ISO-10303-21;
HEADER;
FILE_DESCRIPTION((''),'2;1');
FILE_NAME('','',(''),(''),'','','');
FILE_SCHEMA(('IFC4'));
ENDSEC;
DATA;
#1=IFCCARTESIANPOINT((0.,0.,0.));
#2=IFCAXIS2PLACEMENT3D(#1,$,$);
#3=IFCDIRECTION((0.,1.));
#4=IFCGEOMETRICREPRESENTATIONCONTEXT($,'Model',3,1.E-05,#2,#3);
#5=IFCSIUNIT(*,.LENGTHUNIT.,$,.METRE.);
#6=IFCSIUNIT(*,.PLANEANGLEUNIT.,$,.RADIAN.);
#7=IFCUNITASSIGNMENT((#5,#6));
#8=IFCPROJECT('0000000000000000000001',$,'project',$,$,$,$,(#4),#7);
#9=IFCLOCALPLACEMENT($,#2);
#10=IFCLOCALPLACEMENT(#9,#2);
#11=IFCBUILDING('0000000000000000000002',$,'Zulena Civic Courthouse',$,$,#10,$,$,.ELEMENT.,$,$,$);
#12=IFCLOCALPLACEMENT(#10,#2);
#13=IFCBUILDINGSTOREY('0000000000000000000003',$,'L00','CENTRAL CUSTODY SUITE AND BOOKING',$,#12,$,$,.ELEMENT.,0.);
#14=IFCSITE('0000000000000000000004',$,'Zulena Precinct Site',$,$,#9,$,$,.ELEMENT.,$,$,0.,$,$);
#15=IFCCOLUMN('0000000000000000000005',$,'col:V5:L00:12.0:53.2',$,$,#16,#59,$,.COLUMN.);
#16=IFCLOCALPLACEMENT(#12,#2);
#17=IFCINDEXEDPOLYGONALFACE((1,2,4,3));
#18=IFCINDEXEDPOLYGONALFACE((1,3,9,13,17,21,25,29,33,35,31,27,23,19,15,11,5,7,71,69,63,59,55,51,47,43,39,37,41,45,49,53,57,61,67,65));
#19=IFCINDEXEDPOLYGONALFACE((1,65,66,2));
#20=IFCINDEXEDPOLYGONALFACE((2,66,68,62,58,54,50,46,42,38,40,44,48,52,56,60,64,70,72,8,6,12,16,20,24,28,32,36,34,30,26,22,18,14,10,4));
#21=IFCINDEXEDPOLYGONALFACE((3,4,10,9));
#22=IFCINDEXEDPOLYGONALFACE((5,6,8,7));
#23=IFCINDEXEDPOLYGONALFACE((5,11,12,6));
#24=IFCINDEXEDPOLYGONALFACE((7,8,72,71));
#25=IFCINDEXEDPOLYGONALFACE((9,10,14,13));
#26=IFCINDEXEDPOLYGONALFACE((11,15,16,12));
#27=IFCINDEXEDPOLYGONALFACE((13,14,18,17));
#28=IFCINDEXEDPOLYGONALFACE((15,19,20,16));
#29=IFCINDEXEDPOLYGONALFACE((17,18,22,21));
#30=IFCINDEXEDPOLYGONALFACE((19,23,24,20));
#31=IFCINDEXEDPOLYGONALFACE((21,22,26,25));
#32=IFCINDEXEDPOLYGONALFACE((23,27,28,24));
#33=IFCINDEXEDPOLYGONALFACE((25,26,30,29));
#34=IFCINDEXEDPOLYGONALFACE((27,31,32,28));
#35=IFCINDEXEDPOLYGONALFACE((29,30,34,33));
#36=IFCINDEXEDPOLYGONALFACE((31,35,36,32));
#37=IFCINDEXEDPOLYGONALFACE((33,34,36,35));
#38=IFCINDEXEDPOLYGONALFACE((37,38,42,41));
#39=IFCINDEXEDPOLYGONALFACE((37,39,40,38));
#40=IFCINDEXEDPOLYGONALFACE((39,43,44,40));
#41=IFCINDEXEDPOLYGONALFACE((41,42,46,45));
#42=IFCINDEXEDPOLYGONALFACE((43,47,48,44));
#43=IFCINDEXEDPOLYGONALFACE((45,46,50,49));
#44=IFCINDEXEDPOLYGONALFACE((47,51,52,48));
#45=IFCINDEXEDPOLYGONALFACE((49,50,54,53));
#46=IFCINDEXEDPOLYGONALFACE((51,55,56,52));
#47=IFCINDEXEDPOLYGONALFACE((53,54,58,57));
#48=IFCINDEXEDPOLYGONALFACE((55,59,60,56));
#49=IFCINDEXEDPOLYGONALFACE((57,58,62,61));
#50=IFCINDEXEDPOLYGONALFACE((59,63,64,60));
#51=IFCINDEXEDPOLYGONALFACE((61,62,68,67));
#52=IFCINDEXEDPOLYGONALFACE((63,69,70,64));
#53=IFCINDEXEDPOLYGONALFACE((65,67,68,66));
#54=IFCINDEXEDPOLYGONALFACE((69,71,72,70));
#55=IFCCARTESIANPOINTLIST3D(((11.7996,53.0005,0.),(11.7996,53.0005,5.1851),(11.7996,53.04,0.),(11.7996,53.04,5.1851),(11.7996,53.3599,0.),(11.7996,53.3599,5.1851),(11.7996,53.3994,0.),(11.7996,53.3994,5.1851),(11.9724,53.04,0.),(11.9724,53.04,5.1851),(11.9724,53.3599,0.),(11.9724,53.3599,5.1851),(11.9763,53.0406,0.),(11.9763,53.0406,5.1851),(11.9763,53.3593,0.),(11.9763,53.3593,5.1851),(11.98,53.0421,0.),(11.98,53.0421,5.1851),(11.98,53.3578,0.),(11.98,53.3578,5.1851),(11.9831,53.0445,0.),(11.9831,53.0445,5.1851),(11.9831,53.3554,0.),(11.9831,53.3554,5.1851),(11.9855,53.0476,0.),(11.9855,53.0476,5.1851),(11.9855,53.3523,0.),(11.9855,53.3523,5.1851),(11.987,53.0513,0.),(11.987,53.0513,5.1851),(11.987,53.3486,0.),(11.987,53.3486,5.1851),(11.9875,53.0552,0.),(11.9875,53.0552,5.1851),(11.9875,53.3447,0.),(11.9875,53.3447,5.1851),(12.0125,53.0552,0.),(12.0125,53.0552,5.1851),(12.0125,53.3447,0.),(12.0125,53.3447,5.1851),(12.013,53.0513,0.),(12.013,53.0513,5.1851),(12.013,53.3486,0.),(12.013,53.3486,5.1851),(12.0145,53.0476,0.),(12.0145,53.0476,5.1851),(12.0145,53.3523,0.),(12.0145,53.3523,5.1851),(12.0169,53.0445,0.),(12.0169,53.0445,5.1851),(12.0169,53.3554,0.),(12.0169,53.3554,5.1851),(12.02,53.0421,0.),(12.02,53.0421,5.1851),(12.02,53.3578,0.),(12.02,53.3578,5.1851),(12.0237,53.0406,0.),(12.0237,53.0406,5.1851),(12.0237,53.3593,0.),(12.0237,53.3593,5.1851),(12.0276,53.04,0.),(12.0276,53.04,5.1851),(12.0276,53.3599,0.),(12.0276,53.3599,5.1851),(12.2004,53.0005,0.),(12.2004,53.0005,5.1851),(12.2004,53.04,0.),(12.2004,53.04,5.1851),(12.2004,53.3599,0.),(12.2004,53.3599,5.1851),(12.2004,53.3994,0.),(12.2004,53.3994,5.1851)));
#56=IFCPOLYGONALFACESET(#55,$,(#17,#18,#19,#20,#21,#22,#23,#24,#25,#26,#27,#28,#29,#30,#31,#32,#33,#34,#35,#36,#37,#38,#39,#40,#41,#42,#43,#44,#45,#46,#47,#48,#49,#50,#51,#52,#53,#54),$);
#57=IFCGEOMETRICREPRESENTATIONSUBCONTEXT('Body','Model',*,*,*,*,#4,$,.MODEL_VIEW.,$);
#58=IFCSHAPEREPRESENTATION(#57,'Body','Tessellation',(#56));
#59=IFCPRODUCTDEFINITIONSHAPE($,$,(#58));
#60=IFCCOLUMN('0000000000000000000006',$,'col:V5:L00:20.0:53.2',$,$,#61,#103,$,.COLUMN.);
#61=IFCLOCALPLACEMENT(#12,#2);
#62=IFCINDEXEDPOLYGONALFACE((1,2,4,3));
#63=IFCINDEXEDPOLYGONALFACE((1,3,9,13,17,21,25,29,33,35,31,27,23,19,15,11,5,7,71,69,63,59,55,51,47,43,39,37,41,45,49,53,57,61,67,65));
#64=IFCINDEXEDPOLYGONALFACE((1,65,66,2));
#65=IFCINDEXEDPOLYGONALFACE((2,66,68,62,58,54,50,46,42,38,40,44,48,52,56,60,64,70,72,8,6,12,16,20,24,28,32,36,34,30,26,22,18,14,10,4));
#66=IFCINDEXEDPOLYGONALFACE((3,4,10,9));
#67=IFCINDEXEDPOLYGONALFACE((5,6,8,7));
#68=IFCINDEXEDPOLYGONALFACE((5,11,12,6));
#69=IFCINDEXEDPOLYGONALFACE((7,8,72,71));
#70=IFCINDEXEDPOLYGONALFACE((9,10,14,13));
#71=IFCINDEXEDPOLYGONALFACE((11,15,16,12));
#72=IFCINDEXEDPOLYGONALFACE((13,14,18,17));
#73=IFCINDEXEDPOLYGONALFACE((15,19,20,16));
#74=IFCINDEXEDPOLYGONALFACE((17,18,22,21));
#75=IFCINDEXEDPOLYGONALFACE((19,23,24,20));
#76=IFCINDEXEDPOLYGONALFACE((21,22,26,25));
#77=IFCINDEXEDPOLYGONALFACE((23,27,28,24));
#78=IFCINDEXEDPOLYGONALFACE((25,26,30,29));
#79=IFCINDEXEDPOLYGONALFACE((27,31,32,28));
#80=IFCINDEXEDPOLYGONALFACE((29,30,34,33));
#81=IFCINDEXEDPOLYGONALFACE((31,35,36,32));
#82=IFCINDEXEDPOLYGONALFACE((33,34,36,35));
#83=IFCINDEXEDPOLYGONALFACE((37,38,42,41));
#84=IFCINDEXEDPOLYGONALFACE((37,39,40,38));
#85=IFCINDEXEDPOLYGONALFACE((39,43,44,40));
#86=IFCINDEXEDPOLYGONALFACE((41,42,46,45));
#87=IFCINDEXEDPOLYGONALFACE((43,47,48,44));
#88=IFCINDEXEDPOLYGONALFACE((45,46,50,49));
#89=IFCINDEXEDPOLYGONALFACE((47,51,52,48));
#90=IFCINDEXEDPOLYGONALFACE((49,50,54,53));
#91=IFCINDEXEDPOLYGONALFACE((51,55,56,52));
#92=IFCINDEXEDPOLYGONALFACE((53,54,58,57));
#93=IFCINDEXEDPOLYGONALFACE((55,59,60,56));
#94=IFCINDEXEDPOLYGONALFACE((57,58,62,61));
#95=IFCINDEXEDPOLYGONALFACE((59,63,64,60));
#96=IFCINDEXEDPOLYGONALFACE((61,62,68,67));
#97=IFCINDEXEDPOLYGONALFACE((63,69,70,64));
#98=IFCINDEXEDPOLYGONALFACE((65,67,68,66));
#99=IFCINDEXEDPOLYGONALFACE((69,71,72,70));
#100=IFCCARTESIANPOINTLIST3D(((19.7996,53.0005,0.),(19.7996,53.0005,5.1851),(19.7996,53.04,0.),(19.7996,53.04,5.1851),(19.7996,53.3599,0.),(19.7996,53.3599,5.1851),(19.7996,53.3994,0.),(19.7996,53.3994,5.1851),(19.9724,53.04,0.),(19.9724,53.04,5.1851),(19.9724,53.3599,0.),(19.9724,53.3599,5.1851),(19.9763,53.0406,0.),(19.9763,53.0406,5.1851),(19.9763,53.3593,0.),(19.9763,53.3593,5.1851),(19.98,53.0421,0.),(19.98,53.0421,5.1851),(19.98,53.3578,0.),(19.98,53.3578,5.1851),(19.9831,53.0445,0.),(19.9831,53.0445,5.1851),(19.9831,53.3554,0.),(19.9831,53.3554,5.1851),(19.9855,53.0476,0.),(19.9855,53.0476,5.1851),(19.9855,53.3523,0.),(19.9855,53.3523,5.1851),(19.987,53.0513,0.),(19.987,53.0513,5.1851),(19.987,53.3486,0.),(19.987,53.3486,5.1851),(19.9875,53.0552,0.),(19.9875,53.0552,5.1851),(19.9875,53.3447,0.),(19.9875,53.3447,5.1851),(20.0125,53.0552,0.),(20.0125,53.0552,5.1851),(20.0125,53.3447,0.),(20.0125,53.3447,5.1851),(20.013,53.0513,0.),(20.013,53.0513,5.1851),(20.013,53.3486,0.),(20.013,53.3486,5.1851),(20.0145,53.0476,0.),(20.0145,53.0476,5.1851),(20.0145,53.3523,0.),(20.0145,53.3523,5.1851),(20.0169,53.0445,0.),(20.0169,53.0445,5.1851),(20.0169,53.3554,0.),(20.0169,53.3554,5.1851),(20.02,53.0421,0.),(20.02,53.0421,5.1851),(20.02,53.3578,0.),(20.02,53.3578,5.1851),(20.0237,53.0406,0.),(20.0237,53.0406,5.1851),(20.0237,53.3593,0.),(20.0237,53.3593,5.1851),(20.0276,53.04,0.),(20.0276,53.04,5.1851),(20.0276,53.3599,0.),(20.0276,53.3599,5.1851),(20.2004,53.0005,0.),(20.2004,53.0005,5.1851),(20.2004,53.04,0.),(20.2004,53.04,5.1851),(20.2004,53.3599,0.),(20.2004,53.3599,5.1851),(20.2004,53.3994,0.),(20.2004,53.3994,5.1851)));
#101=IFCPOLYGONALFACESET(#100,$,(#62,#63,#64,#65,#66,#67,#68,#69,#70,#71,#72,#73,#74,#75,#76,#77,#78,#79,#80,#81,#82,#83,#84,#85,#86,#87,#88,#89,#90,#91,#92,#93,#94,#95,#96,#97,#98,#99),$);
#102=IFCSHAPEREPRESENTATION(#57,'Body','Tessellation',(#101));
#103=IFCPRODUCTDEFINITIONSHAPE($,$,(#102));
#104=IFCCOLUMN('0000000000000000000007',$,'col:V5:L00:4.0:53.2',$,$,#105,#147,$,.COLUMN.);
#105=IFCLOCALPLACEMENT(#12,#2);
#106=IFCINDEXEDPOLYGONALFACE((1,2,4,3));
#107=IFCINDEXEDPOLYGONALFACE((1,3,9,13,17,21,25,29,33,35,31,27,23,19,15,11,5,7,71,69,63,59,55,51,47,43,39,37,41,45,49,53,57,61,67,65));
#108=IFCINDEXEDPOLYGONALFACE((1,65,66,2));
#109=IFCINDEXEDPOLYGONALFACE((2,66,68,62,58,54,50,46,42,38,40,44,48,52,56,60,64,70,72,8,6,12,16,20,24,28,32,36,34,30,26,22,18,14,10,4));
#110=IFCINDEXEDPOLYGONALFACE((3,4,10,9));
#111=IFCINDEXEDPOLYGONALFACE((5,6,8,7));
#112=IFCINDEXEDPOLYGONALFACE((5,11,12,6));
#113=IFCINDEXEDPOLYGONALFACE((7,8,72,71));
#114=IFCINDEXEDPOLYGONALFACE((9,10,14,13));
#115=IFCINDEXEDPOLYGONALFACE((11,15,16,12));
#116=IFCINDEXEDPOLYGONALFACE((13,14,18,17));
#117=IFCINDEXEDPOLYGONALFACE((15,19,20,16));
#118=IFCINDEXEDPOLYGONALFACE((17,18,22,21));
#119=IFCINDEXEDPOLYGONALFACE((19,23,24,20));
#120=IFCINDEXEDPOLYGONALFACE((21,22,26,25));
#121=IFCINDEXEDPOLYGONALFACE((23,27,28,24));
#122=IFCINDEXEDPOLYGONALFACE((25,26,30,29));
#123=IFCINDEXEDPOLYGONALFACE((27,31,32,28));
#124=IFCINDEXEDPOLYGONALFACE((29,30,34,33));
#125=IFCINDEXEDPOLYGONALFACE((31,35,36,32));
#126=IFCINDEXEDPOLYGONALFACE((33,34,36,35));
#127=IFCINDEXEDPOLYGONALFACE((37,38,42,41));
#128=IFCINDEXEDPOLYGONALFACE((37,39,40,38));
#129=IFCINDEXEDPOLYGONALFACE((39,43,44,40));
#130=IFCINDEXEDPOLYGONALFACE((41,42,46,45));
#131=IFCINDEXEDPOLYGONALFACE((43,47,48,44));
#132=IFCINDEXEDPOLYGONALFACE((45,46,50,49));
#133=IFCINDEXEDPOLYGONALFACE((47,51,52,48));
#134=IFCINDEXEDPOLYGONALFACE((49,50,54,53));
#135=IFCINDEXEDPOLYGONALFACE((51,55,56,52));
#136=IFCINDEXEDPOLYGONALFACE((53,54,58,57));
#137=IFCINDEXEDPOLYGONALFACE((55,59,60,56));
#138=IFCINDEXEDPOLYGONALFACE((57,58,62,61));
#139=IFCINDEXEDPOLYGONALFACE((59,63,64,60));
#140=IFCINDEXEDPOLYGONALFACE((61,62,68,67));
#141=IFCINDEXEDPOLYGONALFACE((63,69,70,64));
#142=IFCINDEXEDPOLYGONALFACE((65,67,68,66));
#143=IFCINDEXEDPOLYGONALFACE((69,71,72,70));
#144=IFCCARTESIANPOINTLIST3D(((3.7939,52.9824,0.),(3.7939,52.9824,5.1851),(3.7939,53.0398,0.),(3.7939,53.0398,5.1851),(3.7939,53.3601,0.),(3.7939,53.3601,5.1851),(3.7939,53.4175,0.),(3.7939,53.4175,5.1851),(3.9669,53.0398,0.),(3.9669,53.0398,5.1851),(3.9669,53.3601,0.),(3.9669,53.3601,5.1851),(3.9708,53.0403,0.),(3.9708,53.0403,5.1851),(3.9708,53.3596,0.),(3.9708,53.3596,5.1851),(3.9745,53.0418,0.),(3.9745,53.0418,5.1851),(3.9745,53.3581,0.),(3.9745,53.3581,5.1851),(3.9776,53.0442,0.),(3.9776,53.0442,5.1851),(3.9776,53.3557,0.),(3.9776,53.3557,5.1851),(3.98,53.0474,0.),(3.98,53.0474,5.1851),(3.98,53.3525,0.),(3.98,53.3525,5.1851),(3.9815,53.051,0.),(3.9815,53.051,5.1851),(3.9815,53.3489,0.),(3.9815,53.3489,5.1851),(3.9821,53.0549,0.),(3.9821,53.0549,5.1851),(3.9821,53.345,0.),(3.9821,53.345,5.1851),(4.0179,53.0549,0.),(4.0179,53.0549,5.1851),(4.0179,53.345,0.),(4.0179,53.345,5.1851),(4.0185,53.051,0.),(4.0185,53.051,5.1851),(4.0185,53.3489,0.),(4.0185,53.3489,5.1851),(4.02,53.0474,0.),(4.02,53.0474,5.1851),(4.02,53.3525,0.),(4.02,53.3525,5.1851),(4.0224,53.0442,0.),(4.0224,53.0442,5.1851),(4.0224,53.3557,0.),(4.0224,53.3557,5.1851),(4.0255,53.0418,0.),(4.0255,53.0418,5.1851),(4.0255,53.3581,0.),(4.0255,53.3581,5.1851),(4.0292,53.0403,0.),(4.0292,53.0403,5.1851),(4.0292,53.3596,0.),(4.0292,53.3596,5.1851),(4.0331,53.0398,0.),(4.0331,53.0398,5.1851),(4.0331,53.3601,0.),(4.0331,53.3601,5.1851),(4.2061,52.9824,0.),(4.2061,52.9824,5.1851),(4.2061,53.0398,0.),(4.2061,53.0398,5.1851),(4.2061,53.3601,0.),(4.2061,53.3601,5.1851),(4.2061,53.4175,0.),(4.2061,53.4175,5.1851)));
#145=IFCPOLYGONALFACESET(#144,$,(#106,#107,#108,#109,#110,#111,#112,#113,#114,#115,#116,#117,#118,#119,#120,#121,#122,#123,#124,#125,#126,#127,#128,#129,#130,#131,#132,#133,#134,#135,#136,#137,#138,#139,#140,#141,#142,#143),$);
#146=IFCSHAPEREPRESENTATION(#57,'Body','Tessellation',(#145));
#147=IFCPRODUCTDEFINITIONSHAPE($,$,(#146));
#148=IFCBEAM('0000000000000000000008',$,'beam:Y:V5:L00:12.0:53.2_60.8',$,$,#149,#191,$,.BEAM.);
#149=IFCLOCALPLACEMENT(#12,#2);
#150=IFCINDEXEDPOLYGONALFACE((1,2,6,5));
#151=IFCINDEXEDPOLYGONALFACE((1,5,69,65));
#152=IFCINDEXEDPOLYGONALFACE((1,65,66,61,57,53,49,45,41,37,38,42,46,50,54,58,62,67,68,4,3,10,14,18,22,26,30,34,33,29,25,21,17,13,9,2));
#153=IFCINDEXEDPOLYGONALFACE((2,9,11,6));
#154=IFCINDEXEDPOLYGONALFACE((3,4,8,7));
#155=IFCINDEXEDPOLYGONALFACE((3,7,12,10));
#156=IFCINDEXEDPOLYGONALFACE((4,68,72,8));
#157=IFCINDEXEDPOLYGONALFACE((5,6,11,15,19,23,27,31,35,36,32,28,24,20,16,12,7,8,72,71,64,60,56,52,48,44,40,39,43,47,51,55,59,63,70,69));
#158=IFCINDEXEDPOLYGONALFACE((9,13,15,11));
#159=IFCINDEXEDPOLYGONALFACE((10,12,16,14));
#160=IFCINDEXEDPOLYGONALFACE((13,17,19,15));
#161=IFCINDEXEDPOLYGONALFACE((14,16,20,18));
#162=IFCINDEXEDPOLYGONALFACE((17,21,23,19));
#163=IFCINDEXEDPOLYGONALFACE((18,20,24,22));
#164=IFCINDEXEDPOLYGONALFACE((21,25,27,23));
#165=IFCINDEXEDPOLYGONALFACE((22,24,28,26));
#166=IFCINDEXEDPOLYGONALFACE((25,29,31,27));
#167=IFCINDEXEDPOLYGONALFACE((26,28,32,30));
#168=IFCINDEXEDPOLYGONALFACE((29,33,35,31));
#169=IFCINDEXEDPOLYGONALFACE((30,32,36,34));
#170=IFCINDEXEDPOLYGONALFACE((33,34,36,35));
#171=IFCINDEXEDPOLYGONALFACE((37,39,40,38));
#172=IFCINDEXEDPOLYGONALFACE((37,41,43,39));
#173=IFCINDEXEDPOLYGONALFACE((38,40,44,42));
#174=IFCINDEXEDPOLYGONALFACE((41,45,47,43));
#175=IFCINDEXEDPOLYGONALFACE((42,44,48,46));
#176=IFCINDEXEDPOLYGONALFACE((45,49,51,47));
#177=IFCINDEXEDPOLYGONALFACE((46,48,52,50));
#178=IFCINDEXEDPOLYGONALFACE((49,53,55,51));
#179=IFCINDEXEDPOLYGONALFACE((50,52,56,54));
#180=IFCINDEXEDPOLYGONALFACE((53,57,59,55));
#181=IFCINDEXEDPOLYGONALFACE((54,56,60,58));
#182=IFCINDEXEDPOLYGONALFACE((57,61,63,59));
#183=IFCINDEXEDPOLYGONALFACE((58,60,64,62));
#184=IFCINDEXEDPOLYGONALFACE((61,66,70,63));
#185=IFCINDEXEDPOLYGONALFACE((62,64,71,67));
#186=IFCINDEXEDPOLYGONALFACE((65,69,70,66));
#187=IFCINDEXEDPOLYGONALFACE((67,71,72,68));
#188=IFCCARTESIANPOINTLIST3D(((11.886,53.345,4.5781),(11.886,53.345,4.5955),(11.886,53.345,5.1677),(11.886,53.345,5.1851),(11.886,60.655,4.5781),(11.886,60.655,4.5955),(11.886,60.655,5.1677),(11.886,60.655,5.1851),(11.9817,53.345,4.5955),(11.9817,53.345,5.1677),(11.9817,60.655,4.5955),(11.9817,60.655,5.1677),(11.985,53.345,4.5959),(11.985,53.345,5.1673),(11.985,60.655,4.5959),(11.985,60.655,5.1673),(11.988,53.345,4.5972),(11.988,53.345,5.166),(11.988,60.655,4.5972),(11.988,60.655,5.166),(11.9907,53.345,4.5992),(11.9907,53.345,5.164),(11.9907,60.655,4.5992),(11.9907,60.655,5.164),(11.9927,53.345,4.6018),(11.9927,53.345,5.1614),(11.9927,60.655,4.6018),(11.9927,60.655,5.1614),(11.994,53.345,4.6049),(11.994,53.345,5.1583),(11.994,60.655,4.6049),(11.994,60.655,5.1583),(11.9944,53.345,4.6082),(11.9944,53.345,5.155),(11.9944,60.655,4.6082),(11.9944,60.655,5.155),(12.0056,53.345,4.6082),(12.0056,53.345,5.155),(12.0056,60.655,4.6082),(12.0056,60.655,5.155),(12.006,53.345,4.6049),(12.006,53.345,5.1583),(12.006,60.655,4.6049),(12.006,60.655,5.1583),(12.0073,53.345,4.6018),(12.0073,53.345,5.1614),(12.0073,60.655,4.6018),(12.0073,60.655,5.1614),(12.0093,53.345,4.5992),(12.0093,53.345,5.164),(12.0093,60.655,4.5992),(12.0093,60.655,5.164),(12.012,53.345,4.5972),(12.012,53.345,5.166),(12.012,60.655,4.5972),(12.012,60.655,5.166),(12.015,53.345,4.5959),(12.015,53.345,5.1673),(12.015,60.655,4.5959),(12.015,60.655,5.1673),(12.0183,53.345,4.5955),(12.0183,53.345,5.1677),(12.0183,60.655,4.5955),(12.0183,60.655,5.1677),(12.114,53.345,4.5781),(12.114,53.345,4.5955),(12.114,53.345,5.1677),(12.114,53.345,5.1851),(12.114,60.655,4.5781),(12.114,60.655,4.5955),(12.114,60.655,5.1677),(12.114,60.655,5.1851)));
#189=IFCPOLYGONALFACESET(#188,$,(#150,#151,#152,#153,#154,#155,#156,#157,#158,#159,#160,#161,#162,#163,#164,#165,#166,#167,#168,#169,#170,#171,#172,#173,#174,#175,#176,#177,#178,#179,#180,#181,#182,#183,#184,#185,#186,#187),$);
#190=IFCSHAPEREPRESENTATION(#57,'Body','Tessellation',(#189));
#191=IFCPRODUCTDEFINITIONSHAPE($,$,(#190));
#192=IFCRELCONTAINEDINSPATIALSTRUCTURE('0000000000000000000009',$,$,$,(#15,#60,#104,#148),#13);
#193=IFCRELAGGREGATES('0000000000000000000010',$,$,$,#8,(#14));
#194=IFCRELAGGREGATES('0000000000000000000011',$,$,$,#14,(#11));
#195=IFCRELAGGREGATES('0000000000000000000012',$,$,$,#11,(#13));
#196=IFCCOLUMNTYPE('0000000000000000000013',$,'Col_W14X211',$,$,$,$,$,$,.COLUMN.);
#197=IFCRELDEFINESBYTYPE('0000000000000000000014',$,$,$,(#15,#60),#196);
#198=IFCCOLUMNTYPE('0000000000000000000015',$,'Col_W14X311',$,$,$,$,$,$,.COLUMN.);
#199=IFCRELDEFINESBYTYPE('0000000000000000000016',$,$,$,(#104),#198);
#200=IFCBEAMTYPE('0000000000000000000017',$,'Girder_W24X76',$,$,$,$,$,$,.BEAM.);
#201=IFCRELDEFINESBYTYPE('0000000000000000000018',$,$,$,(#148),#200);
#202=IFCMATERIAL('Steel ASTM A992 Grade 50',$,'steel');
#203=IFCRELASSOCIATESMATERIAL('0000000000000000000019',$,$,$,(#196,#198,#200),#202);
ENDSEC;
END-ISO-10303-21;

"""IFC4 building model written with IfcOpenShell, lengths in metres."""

from ifc_helpers import new_model, si_unit, direction, frame, origin, origin_2d, place, context, subcontext, project, spatial, i_section, extrude, material, material_profile, profile_set, type_object, element, save


model = new_model("IFC4")

# Units and contexts
model_context = context("Model", 3, precision=1e-05, world=origin(), true_north=direction((0.0, 1.0)))
body_context = subcontext(model_context, "Body", "Model", "MODEL_VIEW")
ifc_project = project(units=[si_unit("LENGTHUNIT", "METRE"), si_unit("PLANEANGLEUNIT", "RADIAN")], contexts=[model_context])

# Site, building, storey
site_placement = place(None, origin())
site = spatial("IfcSite", under=ifc_project, at=site_placement, Name="Zulena Precinct Site", CompositionType="ELEMENT", RefElevation=0.0)
building_placement = place(site_placement, origin())
building = spatial("IfcBuilding", under=site, at=building_placement, Name="Zulena Civic Courthouse", CompositionType="ELEMENT")
storey_placement = place(building_placement, origin())
storey = spatial("IfcBuildingStorey", under=building, at=storey_placement, Name="L00", Description="CENTRAL CUSTODY SUITE AND BOOKING", CompositionType="ELEMENT", Elevation=0.0)

# Columns
ifc_material_1 = material(Name="Steel ASTM A992 Grade 50", Category="steel")
ifc_material_profile_1 = material_profile(ifc_material_1, i_section(OverallWidth=0.4009, OverallDepth=0.3989, WebThickness=0.0249, FlangeThickness=0.0396, FilletRadius=0.0151, at=origin_2d()), Name="W14X211")
ifc_profile_set_1 = profile_set([ifc_material_profile_1], Name="Steel ASTM A992 Grade 50")
column_type_1 = type_object("IfcColumnType", Name="Col_W14X211", PredefinedType="COLUMN", material=ifc_profile_set_1)
for number, where, z_axis, x_axis, name in (
    (1, (12.0, 53.2, 0.0), (0.0, 0.0, 1.0), (1.0, 0.0, 0.0), "col:V5:L00:12.0:53.2"),
    (2, (20.0, 53.2, 0.0), (0.0, 0.0, 1.0), (1.0, 0.0, 0.0), "col:V5:L00:20.0:53.2"),
):
    element("IfcColumn", number, at=place(storey_placement, frame(where, z_axis=z_axis, x_axis=x_axis)), inside=storey, type_object=column_type_1, Name=name, PredefinedType="COLUMN", context=body_context, shape_type="SweptSolid", body=[
        extrude(i_section(OverallWidth=0.4009, OverallDepth=0.3989, WebThickness=0.0249, FlangeThickness=0.0396, FilletRadius=0.0151, at=origin_2d()), origin(), (0.0, 0.0, 1.0), 5.1851),
    ])
ifc_material_profile_2 = material_profile(ifc_material_1, i_section(OverallWidth=0.4121, OverallDepth=0.4351, WebThickness=0.0359, FlangeThickness=0.0574, FilletRadius=0.0151, at=origin_2d()), Name="W14X311")
ifc_profile_set_2 = profile_set([ifc_material_profile_2], Name="Steel ASTM A992 Grade 50")
column_type_2 = type_object("IfcColumnType", Name="Col_W14X311", PredefinedType="COLUMN", material=ifc_profile_set_2)
column_placement = place(storey_placement, frame((4.0, 53.2, 0.0), z_axis=(0.0, 0.0, 1.0), x_axis=(1.0, 0.0, 0.0)))
element("IfcColumn", 3, at=column_placement, inside=storey, type_object=column_type_2, Name="col:V5:L00:4.0:53.2", PredefinedType="COLUMN", context=body_context, shape_type="SweptSolid", body=[
    extrude(i_section(OverallWidth=0.4121, OverallDepth=0.4351, WebThickness=0.0359, FlangeThickness=0.0574, FilletRadius=0.0151, at=origin_2d()), origin(), (0.0, 0.0, 1.0), 5.1851),
])

# Beam
ifc_material_profile_3 = material_profile(ifc_material_1, i_section(OverallWidth=0.228, OverallDepth=0.6069, WebThickness=0.0112, FlangeThickness=0.0173, FilletRadius=0.0127, at=origin_2d()), Name="W24X76")
ifc_profile_set_3 = profile_set([ifc_material_profile_3], Name="Steel ASTM A992 Grade 50")
beam_type_1 = type_object("IfcBeamType", Name="Girder_W24X76", PredefinedType="BEAM", material=ifc_profile_set_3)
for number, where, z_axis, x_axis, name in (
    (4, (12.0, 53.345, 4.8816), (0.0, 1.0, 0.0), (-1.0, 0.0, 0.0), "beam:Y:V5:L00:12.0:53.2_60.8"),
):
    element("IfcBeam", number, at=place(storey_placement, frame(where, z_axis=z_axis, x_axis=x_axis)), inside=storey, type_object=beam_type_1, Name=name, PredefinedType="BEAM", context=body_context, shape_type="SweptSolid", body=[
        extrude(i_section(OverallWidth=0.228, OverallDepth=0.6069, WebThickness=0.0112, FlangeThickness=0.0173, FilletRadius=0.0127, at=origin_2d()), origin(), (0.0, 0.0, 1.0), 7.3101),
    ])

save(model, "model.ifc")
